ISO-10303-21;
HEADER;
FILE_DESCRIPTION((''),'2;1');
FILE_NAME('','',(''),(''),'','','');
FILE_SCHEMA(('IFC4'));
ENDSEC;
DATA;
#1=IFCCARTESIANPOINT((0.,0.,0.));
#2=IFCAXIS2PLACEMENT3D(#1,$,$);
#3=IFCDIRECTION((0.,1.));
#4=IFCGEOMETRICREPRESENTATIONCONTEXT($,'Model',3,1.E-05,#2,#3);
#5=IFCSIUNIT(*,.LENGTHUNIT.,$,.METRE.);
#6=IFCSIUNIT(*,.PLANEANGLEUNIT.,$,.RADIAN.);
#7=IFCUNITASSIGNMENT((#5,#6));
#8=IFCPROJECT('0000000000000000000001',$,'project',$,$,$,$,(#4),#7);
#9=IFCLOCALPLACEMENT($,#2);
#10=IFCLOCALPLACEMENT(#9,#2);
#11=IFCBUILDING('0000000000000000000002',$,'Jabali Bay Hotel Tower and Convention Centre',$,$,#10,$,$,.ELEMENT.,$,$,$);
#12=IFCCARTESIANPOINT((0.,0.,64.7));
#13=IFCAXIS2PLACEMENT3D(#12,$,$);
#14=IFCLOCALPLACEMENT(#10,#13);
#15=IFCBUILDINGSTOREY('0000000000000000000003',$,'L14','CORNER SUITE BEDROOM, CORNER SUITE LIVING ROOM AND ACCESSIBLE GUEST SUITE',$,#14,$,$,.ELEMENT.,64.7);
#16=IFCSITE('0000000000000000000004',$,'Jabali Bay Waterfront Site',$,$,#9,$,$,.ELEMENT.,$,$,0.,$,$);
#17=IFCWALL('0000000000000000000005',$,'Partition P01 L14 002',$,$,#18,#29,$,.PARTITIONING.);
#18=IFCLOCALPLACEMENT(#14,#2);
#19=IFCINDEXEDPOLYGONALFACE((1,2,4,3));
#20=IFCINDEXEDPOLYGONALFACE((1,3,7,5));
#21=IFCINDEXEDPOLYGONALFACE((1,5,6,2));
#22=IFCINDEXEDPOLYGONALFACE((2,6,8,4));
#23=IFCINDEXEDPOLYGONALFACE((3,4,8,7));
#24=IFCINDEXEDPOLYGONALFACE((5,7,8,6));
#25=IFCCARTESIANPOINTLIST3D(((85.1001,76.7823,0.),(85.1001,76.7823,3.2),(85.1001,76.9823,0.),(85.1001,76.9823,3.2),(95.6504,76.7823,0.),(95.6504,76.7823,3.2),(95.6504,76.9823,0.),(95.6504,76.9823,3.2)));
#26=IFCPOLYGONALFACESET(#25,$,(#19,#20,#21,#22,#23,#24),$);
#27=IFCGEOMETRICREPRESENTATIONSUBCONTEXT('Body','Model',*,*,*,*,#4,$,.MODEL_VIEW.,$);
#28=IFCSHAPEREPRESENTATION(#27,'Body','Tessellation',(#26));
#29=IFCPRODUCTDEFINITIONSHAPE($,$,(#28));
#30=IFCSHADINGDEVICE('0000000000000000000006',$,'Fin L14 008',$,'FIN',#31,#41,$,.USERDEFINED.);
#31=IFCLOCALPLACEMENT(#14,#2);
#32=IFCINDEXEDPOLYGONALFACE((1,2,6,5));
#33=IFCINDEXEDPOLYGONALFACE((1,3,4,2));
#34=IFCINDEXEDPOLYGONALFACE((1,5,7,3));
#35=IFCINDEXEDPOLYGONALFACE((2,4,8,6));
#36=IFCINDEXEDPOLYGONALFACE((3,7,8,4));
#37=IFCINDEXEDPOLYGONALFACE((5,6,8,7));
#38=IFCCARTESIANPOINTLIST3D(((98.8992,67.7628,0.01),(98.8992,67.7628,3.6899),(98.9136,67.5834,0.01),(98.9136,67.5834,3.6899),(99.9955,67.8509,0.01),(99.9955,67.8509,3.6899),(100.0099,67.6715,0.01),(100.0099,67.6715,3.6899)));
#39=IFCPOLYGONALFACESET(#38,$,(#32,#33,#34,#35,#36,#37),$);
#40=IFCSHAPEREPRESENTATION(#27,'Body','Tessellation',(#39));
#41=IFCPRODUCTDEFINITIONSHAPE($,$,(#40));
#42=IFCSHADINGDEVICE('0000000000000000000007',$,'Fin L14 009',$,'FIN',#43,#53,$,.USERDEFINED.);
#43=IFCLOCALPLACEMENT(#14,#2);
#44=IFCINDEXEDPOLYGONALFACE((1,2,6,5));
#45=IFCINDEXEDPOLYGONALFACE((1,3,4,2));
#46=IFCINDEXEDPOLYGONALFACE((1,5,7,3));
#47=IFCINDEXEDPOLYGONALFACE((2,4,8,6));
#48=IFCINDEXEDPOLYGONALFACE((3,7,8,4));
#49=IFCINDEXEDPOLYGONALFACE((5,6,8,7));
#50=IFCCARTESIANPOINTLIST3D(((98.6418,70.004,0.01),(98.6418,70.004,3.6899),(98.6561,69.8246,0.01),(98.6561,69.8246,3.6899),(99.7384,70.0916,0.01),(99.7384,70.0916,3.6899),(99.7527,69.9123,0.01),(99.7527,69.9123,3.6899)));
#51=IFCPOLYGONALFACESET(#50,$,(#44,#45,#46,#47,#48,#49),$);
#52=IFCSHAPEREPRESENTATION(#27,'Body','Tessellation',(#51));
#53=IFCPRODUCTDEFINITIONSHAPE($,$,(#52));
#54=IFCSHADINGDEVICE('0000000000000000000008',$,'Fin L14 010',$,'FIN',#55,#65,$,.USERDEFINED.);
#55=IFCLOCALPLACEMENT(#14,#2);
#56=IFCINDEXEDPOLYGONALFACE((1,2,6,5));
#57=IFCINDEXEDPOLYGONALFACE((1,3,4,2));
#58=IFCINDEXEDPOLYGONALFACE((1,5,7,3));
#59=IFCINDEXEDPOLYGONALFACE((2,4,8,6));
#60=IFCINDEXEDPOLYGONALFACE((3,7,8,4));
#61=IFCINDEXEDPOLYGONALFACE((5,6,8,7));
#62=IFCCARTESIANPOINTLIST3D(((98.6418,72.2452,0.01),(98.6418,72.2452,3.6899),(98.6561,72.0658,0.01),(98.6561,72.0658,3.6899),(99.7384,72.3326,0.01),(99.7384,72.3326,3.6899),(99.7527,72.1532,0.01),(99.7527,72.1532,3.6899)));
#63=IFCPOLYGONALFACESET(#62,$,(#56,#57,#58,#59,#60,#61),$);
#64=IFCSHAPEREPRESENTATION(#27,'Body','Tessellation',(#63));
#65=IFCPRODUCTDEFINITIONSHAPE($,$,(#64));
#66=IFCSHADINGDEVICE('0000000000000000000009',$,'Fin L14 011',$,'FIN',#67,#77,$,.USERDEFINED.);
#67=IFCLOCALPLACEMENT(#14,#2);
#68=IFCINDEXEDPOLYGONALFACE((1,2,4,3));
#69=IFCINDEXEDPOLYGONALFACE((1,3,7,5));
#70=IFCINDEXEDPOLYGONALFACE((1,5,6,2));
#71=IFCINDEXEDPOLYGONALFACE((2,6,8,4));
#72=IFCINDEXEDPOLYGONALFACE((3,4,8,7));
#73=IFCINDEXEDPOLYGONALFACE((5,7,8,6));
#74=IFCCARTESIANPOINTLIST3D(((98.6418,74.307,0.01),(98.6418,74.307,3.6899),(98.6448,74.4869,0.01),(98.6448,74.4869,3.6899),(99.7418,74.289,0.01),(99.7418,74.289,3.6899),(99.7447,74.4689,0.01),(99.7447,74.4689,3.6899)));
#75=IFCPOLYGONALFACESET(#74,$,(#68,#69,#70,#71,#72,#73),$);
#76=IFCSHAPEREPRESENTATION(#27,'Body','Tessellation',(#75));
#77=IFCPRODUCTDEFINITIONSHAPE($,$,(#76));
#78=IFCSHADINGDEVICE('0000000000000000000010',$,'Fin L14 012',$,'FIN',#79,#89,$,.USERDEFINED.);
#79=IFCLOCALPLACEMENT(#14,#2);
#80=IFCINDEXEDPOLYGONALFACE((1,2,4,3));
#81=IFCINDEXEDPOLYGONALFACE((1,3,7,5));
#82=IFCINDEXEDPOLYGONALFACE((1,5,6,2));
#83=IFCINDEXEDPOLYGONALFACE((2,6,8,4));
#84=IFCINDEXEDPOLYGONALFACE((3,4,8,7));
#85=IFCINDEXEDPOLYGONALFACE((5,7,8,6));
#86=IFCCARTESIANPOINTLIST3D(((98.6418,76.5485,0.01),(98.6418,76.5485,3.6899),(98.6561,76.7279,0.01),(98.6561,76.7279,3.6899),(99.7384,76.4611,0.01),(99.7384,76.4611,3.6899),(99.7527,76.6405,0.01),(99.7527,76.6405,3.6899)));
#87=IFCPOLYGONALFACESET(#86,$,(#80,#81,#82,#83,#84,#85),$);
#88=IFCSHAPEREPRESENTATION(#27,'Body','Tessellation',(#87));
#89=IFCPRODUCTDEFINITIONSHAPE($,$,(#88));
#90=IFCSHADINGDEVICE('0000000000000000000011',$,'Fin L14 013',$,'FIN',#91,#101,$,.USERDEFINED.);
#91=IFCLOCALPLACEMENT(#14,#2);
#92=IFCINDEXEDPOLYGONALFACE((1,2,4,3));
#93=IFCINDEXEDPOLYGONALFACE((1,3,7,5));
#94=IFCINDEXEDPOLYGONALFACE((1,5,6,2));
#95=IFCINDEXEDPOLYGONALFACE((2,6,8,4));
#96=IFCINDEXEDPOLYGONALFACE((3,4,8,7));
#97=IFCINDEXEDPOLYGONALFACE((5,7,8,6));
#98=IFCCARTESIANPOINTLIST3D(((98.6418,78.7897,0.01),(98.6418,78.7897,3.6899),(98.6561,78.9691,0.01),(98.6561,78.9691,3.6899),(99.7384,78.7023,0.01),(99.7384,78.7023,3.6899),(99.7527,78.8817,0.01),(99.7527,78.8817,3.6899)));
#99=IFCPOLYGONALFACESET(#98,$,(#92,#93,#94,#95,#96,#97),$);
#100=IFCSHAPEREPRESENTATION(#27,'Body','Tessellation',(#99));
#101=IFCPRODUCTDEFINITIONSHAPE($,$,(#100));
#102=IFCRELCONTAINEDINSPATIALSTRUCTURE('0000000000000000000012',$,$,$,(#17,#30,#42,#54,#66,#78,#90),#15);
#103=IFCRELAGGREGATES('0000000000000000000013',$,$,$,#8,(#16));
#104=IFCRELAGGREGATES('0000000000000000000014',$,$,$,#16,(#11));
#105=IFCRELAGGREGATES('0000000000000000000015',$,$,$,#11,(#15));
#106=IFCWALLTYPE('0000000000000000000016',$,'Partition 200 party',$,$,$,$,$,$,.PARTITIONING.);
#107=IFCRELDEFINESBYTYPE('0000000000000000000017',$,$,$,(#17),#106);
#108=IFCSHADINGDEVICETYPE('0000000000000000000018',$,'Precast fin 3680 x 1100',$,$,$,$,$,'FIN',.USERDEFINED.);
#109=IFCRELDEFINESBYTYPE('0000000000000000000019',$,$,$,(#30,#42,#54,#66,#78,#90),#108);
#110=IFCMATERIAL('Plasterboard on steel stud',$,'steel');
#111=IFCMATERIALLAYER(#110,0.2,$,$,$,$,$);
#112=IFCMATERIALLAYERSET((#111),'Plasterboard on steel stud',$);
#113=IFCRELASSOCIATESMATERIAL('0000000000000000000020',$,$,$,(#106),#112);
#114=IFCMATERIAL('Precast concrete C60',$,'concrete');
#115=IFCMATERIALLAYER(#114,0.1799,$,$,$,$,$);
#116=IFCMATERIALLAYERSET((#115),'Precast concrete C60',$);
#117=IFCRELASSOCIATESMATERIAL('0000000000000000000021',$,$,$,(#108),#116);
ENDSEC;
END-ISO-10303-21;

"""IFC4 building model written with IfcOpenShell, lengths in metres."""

from ifc_helpers import new_model, si_unit, direction, frame, frame_2d, origin, place, context, subcontext, project, spatial, rectangle, extrude, material, layer, layer_set, type_object, element, save


model = new_model("IFC4")

# Units and contexts
model_context = context("Model", 3, precision=1e-05, world=origin(), true_north=direction((0.0, 1.0)))
body_context = subcontext(model_context, "Body", "Model", "MODEL_VIEW")
ifc_project = project(units=[si_unit("LENGTHUNIT", "METRE"), si_unit("PLANEANGLEUNIT", "RADIAN")], contexts=[model_context])

# Site, building, storey
site_placement = place(None, origin())
site = spatial("IfcSite", under=ifc_project, at=site_placement, Name="Jabali Bay Waterfront Site", CompositionType="ELEMENT", RefElevation=0.0)
building_placement = place(site_placement, origin())
building = spatial("IfcBuilding", under=site, at=building_placement, Name="Jabali Bay Hotel Tower and Convention Centre", CompositionType="ELEMENT")
storey_placement = place(building_placement, frame((0.0, 0.0, 64.7)))
storey = spatial("IfcBuildingStorey", under=building, at=storey_placement, Name="L14", Description="CORNER SUITE BEDROOM, CORNER SUITE LIVING ROOM AND ACCESSIBLE GUEST SUITE", CompositionType="ELEMENT", Elevation=64.7)

# Shared definitions
ifc_material_1 = material(Name="Plasterboard on steel stud", Category="steel")

# Wall
ifc_layer_1 = layer(ifc_material_1, 0.2)
ifc_layer_set_1 = layer_set([ifc_layer_1], Name="Plasterboard on steel stud")
wall_type_1 = type_object("IfcWallType", Name="Partition 200 party", PredefinedType="PARTITIONING", material=ifc_layer_set_1)
wall_1_placement = place(storey_placement, frame((95.6504, 76.8823, 0.0), z_axis=(0.0, 0.0, 1.0), x_axis=(-1.0, 0.0, 0.0)))
element("IfcWall", 1, at=wall_1_placement, inside=storey, type_object=wall_type_1, Name="Partition P01 L14 002", PredefinedType="PARTITIONING", context=body_context, shape_type="SweptSolid", body=[
    extrude(rectangle(XDim=10.5503, YDim=0.2, at=frame_2d((5.2751, 0.0))), origin(), (0.0, 0.0, 1.0), 3.2),
])

# Shading devices
ifc_material_2 = material(Name="Precast concrete C60", Category="concrete")
ifc_layer_2 = layer(ifc_material_2, 0.1799)
ifc_layer_set_2 = layer_set([ifc_layer_2], Name="Precast concrete C60")
shading_device_type = type_object("IfcShadingDeviceType", Name="Precast fin 3680 x 1100", ElementType="FIN", PredefinedType="USERDEFINED", material=ifc_layer_set_2)
shading_device_placement = place(storey_placement, frame((98.9065, 67.6731, 0.01), z_axis=(0.0, 0.0, 1.0), x_axis=(0.996785, 0.080125, 0.0)))
element("IfcShadingDevice", 2, at=shading_device_placement, inside=storey, type_object=shading_device_type, Name="Fin L14 008", ObjectType="FIN", PredefinedType="USERDEFINED", context=body_context, shape_type="SweptSolid", body=[
    extrude(rectangle(XDim=1.0999, YDim=0.1799, at=frame_2d((0.5498, 0.0))), origin(), (0.0, 0.0, 1.0), 3.6799),
])
for number, where, z_axis, x_axis, name in (
    (3, (98.6489, 69.9143, 0.01), (0.0, 0.0, 1.0), (0.996822, 0.079666, 0.0), "Fin L14 009"),
    (4, (98.6489, 72.1555, 0.01), (0.0, 0.0, 1.0), (0.996839, 0.079445, 0.0), "Fin L14 010"),
    (5, (98.6433, 74.397, 0.01), (0.0, 0.0, 1.0), (0.999865, -0.016424, 0.0), "Fin L14 011"),
    (6, (98.6489, 76.6382, 0.01), (0.0, 0.0, 1.0), (0.996839, -0.079445, 0.0), "Fin L14 012"),
    (7, (98.6489, 78.8794, 0.01), (0.0, 0.0, 1.0), (0.996839, -0.079445, 0.0), "Fin L14 013"),
):
    element("IfcShadingDevice", number, at=place(storey_placement, frame(where, z_axis=z_axis, x_axis=x_axis)), inside=storey, type_object=shading_device_type, Name=name, ObjectType="FIN", PredefinedType="USERDEFINED", context=body_context, shape_type="SweptSolid", body=[
        extrude(rectangle(XDim=1.1001, YDim=0.1799, at=frame_2d((0.55, 0.0))), origin(), (0.0, 0.0, 1.0), 3.6799),
    ])

save(model, "model.ifc")
